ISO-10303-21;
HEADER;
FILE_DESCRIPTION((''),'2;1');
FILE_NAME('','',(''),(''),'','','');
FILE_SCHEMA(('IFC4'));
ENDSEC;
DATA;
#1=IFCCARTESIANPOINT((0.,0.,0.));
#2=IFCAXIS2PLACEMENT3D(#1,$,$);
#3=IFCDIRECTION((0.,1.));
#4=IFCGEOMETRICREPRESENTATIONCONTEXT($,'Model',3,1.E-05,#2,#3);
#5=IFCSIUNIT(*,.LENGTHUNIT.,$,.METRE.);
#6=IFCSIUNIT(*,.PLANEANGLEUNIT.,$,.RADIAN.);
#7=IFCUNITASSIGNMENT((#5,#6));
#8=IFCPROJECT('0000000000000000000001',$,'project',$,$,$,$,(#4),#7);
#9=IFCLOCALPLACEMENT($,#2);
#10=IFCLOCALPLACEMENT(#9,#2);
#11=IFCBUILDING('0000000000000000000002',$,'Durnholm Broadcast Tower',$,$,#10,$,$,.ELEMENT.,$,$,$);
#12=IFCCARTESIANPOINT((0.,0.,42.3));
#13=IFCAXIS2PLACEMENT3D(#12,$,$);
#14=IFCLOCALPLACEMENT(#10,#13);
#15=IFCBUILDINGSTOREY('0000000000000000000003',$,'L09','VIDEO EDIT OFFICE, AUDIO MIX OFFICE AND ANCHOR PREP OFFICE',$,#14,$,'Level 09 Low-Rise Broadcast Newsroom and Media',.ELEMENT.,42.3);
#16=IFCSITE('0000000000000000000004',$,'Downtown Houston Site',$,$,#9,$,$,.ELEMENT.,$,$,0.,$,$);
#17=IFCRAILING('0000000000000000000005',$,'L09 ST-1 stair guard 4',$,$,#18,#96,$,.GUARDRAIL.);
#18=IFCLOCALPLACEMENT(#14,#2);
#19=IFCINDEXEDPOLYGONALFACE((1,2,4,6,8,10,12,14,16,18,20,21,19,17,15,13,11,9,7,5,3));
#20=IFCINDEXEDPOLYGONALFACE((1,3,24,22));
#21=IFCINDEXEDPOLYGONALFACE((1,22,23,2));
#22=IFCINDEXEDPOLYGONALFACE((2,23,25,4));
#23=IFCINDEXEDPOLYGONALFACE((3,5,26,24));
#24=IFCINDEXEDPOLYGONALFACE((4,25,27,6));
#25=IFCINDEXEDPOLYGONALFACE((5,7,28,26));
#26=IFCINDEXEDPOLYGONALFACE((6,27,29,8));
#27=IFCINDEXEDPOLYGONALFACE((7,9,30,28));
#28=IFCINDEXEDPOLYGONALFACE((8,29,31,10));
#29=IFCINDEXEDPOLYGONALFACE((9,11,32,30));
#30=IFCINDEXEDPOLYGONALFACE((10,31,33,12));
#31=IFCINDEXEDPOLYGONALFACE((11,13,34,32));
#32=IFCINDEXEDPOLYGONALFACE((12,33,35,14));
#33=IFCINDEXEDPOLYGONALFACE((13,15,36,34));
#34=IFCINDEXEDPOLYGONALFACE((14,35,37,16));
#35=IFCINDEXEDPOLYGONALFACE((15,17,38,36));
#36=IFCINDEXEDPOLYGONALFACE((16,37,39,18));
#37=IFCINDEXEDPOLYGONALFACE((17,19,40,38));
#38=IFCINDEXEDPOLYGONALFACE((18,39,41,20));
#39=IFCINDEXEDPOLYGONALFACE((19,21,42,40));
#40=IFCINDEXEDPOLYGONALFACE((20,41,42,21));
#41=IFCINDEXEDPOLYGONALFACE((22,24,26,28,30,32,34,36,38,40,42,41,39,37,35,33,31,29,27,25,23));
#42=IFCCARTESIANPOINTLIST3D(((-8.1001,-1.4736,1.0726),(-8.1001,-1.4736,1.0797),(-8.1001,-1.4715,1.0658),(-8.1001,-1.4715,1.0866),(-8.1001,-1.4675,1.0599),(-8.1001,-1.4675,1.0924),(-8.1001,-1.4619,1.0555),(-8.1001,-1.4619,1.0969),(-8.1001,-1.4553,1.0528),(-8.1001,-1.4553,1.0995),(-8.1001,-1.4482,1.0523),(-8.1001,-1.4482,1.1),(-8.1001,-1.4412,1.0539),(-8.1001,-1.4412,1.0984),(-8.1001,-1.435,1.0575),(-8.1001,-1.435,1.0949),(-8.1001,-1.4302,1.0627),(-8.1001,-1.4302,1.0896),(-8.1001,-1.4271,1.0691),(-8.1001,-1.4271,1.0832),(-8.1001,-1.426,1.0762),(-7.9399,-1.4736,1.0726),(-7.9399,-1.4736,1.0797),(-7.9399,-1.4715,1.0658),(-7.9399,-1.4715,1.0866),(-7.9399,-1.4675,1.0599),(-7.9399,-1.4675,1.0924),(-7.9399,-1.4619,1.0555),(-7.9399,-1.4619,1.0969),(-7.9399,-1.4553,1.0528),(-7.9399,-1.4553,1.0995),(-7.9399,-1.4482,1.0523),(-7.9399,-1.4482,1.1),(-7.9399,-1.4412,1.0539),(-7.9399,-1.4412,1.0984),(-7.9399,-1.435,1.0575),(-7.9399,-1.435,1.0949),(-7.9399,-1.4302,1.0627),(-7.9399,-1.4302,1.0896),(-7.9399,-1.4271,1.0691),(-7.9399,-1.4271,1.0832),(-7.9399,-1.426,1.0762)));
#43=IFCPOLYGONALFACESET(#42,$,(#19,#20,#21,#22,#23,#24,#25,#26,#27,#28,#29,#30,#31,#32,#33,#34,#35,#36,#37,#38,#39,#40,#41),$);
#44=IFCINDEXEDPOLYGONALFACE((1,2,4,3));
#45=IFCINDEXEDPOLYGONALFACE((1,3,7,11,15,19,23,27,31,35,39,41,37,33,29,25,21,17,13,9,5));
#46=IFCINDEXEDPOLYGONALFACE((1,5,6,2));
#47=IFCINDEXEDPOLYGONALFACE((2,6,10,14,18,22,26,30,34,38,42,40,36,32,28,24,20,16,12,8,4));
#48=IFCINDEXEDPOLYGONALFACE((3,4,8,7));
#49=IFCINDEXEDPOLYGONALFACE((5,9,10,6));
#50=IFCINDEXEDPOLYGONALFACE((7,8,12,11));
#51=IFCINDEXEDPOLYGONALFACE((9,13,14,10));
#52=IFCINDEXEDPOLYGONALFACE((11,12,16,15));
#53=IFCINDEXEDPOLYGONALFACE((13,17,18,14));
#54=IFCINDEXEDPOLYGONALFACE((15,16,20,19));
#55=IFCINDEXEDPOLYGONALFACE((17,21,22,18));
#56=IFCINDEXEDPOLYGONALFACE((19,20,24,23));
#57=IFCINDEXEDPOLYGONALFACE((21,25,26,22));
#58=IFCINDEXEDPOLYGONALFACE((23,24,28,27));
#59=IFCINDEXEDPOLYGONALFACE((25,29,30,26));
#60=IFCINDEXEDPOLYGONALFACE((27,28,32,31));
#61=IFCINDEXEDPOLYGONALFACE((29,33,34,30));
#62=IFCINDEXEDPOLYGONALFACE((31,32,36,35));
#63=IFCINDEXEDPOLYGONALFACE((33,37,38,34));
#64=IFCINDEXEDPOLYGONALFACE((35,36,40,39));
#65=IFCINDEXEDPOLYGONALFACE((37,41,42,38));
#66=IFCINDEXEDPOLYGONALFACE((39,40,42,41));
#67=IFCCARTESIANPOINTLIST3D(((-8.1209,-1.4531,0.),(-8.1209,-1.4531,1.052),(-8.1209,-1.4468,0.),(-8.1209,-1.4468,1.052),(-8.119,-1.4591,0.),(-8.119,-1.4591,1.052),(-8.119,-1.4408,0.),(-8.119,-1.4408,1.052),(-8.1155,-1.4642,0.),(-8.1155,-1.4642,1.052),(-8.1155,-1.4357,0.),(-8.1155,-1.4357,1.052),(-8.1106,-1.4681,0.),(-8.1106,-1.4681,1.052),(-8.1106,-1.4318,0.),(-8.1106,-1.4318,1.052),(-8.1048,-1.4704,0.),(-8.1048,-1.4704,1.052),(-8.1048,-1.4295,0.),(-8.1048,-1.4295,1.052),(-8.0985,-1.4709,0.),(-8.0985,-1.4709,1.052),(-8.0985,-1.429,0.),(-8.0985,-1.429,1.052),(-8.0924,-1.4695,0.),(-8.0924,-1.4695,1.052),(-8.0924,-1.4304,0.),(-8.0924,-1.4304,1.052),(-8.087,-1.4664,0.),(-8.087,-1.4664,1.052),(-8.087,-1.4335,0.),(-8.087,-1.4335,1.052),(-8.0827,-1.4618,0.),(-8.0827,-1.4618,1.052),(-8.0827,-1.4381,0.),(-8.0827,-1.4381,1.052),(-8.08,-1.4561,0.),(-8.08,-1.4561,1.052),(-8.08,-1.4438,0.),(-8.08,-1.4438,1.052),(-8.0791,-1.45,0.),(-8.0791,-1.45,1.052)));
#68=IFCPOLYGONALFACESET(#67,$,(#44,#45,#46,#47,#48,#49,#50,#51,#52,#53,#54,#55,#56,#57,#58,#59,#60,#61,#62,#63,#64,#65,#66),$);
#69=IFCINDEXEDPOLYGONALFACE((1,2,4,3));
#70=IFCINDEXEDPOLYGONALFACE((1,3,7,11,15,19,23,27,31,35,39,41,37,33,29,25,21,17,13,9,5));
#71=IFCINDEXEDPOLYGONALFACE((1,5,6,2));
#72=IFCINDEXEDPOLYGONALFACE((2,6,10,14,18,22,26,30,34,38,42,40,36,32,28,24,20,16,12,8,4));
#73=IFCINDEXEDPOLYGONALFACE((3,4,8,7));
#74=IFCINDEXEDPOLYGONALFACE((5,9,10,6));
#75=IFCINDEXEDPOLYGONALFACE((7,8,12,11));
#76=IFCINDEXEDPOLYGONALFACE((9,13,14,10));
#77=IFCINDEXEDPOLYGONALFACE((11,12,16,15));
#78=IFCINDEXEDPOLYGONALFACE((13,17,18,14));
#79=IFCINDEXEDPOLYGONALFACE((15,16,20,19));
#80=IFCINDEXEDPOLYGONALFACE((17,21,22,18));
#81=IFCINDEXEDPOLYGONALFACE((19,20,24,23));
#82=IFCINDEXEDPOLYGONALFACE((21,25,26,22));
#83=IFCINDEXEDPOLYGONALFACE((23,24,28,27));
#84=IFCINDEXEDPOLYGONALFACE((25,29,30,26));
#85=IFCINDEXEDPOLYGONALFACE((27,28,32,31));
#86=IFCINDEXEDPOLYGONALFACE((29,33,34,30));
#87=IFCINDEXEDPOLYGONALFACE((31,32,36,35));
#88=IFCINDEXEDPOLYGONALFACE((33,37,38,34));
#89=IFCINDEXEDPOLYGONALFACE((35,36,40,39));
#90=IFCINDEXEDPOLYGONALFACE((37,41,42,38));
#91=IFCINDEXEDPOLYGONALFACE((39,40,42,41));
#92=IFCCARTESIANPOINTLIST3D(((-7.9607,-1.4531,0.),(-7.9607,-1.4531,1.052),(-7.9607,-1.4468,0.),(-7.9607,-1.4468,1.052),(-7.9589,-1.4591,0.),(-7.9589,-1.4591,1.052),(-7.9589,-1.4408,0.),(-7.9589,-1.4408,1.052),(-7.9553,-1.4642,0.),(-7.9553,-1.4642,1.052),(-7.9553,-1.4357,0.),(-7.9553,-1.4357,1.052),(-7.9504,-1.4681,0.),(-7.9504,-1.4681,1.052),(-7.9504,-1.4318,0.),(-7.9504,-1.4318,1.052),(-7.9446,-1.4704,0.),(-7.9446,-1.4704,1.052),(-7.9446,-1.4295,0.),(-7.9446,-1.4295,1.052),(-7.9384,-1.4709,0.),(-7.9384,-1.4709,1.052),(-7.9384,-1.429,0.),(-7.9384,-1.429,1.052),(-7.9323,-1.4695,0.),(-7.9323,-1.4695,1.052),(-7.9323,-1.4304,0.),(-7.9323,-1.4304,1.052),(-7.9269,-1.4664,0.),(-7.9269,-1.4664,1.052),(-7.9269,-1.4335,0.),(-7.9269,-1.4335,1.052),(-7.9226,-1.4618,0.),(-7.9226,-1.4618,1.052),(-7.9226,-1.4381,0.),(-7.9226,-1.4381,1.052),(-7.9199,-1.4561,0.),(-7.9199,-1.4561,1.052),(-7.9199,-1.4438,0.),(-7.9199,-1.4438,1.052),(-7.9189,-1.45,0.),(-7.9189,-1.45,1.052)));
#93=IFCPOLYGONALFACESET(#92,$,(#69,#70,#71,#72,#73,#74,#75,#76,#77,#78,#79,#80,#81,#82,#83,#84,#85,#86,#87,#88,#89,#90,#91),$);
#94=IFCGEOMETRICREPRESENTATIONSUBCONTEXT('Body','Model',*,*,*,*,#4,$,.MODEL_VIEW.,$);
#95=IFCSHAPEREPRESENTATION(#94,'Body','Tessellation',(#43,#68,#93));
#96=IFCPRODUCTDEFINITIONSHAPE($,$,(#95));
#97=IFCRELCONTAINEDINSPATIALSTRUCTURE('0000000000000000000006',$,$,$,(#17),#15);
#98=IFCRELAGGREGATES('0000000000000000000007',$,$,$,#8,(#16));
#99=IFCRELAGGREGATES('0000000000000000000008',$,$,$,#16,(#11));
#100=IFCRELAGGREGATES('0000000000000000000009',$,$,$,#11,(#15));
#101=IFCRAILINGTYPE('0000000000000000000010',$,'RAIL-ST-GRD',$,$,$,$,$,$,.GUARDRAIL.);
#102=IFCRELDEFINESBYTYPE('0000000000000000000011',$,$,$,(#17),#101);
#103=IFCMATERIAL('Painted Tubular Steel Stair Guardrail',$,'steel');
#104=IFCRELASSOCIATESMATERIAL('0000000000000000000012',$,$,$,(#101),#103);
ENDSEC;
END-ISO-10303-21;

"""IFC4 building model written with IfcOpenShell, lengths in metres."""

from ifc_helpers import new_model, si_unit, direction, frame, origin, origin_2d, place, context, subcontext, project, spatial, circle, extrude, material, type_object, element, save


model = new_model("IFC4")

# Units and contexts
model_context = context("Model", 3, precision=1e-05, world=origin(), true_north=direction((0.0, 1.0)))
body_context = subcontext(model_context, "Body", "Model", "MODEL_VIEW")
ifc_project = project(units=[si_unit("LENGTHUNIT", "METRE"), si_unit("PLANEANGLEUNIT", "RADIAN")], contexts=[model_context])

# Site, building, storey
site_placement = place(None, origin())
site = spatial("IfcSite", under=ifc_project, at=site_placement, Name="Downtown Houston Site", CompositionType="ELEMENT", RefElevation=0.0)
building_placement = place(site_placement, origin())
building = spatial("IfcBuilding", under=site, at=building_placement, Name="Durnholm Broadcast Tower", CompositionType="ELEMENT")
storey_placement = place(building_placement, frame((0.0, 0.0, 42.3)))
storey = spatial("IfcBuildingStorey", under=building, at=storey_placement, Name="L09", Description="VIDEO EDIT OFFICE, AUDIO MIX OFFICE AND ANCHOR PREP OFFICE", LongName="Level 09 Low-Rise Broadcast Newsroom and Media", CompositionType="ELEMENT", Elevation=42.3)

# Railing
ifc_material_1 = material(Name="Painted Tubular Steel Stair Guardrail", Category="steel")
railing_type_1 = type_object("IfcRailingType", Name="RAIL-ST-GRD", PredefinedType="GUARDRAIL", material=ifc_material_1)
railing_1_placement = place(storey_placement, frame((-8.1001, -1.45, 0.0)))
element("IfcRailing", 1, at=railing_1_placement, inside=storey, type_object=railing_type_1, Name="L09 ST-1 stair guard 4", PredefinedType="GUARDRAIL", context=body_context, shape_type="SweptSolid", body=[
    extrude(circle(Radius=0.0239, at=origin_2d()), frame((0.0, 0.0, 1.0762), z_axis=(1.0, 0.0, 0.0), x_axis=(0.0, 1.0, 0.0)), (0.0, 0.0, 1.0), 0.1602),
    extrude(circle(Radius=0.021, at=origin_2d()), origin(), (0.0, 0.0, 1.0), 1.052),
    extrude(circle(Radius=0.021, at=origin_2d()), frame((0.1602, 0.0, 0.0)), (0.0, 0.0, 1.0), 1.052),
])

save(model, "model.ifc")
